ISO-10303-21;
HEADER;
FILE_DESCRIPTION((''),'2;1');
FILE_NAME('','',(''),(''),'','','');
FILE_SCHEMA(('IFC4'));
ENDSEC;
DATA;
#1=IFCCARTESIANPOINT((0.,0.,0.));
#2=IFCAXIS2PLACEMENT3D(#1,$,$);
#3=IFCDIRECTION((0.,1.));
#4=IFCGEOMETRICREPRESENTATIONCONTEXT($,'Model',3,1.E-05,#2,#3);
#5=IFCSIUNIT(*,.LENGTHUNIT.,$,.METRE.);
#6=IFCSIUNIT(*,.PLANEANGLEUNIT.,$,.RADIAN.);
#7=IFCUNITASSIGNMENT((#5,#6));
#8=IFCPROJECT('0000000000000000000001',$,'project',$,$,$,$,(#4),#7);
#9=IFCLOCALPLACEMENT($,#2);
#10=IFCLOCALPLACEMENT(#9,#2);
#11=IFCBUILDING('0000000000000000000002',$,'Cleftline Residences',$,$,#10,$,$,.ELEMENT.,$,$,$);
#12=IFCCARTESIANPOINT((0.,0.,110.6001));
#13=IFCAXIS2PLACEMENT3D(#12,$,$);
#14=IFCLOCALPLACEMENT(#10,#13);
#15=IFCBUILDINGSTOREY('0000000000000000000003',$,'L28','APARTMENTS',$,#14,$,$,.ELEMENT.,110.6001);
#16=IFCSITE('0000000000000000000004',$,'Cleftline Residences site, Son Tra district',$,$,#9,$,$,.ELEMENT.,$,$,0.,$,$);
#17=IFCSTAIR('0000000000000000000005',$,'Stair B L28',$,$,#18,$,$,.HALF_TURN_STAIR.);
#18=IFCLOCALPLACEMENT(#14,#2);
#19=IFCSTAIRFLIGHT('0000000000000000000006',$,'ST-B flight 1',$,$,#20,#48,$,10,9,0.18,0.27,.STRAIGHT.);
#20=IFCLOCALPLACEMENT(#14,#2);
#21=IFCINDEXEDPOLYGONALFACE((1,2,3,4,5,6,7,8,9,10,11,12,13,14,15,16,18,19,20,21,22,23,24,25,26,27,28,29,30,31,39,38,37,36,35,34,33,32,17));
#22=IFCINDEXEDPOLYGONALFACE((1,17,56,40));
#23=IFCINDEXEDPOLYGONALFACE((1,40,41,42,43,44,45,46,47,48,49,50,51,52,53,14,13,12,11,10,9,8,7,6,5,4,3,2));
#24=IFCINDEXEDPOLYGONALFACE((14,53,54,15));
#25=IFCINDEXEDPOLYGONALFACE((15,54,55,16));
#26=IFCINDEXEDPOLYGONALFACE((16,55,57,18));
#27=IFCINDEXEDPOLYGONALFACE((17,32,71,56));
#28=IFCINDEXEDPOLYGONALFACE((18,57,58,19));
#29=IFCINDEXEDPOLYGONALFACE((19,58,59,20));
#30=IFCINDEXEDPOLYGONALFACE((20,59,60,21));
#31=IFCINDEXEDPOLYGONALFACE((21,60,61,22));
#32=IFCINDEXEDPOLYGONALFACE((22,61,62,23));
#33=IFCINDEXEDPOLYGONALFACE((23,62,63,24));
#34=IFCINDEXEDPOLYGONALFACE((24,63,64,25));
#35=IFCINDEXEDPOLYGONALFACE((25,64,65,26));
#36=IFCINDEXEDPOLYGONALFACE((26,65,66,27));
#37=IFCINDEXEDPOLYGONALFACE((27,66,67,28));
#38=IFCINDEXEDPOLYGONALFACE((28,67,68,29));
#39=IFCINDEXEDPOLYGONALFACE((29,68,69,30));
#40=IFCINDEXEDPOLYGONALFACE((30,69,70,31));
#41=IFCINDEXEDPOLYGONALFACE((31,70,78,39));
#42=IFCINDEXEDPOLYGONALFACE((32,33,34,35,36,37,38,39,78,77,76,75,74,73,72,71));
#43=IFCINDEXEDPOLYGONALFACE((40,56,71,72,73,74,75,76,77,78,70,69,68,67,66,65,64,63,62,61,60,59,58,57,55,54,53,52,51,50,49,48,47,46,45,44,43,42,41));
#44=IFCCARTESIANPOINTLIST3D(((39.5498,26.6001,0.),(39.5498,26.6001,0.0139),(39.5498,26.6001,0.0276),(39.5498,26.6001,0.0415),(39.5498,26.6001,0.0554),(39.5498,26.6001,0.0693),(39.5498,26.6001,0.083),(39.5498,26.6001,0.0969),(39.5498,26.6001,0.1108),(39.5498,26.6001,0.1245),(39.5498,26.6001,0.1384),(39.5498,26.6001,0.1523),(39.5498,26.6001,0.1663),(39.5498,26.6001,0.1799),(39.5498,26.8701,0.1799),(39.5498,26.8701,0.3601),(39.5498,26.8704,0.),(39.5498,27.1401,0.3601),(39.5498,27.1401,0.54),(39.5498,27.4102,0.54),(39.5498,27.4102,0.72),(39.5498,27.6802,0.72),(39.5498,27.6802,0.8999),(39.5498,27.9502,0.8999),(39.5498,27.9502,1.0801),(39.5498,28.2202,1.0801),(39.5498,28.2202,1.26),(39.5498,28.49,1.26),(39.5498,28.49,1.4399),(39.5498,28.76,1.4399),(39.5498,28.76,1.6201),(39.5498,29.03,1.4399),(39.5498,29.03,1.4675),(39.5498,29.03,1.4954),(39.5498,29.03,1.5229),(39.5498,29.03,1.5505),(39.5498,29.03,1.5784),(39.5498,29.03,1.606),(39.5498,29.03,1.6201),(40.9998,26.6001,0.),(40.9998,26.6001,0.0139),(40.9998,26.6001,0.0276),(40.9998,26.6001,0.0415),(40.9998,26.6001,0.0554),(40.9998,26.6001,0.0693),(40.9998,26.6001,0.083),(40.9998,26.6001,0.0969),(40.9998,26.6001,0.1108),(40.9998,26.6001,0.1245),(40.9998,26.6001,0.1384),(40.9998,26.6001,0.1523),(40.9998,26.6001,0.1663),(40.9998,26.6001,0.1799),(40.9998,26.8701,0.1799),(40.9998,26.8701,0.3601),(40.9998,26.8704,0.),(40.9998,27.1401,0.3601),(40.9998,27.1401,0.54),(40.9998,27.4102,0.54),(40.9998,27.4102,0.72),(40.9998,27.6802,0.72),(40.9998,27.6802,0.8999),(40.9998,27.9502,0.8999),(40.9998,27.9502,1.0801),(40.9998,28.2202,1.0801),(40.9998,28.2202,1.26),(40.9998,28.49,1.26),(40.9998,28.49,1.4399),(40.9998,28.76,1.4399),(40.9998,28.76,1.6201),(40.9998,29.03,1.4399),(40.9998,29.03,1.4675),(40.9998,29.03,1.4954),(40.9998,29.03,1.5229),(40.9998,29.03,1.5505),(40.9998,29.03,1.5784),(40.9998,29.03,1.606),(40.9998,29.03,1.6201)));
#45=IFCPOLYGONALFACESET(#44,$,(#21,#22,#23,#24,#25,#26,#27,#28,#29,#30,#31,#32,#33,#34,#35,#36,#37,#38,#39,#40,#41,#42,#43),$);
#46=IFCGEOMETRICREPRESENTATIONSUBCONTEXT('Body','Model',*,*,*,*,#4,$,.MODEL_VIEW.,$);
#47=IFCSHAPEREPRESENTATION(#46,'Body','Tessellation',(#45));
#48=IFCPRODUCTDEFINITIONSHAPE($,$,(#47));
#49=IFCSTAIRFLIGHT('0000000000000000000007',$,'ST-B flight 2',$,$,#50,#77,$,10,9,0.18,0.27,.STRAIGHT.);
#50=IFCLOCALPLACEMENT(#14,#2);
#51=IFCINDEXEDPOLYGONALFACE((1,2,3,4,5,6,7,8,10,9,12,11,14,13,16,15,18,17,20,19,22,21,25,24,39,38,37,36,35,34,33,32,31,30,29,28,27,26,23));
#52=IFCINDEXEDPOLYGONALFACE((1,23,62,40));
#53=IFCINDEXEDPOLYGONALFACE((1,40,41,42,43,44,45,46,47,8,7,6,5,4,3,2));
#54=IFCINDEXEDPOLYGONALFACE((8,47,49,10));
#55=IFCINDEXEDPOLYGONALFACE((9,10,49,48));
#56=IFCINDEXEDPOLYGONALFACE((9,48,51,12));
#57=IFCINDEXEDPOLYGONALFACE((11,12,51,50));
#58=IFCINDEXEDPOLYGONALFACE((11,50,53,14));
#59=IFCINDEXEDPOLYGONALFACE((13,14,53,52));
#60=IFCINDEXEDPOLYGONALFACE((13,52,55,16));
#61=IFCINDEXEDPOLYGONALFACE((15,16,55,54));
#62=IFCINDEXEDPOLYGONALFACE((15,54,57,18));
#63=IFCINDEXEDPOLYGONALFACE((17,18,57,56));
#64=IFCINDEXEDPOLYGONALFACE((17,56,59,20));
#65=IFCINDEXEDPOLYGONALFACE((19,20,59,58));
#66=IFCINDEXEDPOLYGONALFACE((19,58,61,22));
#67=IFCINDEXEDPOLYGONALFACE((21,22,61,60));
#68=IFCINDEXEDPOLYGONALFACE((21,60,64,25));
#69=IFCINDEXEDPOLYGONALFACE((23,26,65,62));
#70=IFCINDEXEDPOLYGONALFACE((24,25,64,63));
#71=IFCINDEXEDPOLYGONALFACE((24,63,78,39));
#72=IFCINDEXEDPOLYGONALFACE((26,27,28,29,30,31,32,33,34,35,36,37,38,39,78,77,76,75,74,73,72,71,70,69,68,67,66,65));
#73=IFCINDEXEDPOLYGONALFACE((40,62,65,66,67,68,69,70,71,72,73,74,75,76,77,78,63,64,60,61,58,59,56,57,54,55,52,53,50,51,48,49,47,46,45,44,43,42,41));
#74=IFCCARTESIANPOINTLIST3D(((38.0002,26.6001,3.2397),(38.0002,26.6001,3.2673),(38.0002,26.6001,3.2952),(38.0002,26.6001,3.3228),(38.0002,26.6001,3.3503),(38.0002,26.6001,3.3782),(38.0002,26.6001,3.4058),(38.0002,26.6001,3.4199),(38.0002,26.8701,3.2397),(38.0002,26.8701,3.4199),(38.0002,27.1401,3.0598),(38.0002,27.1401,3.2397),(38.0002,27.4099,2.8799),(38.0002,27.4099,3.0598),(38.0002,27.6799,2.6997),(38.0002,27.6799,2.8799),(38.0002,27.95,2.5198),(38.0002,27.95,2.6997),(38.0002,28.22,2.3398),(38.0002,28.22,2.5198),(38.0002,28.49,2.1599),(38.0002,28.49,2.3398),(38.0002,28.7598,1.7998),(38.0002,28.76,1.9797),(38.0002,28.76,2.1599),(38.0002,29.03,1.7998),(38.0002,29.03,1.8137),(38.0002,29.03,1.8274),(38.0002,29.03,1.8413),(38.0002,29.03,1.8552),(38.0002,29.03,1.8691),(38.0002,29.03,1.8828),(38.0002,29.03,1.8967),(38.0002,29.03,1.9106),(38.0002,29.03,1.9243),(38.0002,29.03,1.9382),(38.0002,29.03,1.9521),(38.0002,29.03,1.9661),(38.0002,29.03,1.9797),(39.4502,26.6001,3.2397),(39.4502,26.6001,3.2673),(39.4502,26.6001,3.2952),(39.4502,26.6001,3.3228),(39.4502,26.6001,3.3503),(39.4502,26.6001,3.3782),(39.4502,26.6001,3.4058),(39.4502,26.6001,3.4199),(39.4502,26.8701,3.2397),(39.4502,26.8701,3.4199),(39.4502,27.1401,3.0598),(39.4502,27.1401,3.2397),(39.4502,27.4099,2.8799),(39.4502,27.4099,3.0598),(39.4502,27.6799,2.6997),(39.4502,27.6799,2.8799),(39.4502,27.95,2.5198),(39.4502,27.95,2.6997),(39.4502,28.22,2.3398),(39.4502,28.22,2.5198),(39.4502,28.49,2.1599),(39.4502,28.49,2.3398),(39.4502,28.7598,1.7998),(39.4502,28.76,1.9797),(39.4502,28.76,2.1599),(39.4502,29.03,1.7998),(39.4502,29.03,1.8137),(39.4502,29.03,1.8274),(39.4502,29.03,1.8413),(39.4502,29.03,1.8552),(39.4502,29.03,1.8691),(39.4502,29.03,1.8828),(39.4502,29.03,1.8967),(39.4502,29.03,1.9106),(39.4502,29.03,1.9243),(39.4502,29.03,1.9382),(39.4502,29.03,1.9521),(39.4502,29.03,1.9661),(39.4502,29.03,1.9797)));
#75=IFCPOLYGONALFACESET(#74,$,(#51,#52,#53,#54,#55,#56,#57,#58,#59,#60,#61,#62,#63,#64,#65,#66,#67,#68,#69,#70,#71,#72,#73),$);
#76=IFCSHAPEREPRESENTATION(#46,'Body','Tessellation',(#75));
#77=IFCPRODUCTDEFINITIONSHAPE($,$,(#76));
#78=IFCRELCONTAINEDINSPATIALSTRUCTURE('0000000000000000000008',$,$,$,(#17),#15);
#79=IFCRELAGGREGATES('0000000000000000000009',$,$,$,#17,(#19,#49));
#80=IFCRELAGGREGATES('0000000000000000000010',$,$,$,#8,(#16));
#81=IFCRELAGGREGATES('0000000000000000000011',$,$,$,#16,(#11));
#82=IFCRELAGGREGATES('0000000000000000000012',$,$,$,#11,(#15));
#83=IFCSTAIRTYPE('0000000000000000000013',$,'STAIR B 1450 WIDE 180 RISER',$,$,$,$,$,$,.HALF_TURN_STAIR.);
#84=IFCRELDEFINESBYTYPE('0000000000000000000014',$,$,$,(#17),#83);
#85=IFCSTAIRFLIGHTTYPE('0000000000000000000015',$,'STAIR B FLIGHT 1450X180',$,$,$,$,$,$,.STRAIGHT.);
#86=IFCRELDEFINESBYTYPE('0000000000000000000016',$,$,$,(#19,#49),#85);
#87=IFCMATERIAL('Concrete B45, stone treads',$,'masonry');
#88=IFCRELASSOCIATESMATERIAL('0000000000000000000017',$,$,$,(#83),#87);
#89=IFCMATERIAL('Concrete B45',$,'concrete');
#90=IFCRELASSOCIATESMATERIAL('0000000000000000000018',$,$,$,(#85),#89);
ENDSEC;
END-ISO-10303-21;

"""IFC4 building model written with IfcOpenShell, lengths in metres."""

from ifc_helpers import new_model, si_unit, direction, frame, origin, place, context, subcontext, project, spatial, polyline, outline, extrude, material, type_object, element, aggregate, save


model = new_model("IFC4")

# Units and contexts
model_context = context("Model", 3, precision=1e-05, world=origin(), true_north=direction((0.0, 1.0)))
body_context = subcontext(model_context, "Body", "Model", "MODEL_VIEW")
ifc_project = project(units=[si_unit("LENGTHUNIT", "METRE"), si_unit("PLANEANGLEUNIT", "RADIAN")], contexts=[model_context])

# Site, building, storey
site_placement = place(None, origin())
site = spatial("IfcSite", under=ifc_project, at=site_placement, Name="Cleftline Residences site, Son Tra district", CompositionType="ELEMENT", RefElevation=0.0)
building_placement = place(site_placement, origin())
building = spatial("IfcBuilding", under=site, at=building_placement, Name="Cleftline Residences", CompositionType="ELEMENT")
storey_placement = place(building_placement, frame((0.0, 0.0, 110.6001)))
storey = spatial("IfcBuildingStorey", under=building, at=storey_placement, Name="L28", Description="APARTMENTS", CompositionType="ELEMENT", Elevation=110.6001)

# Stair, stair flights
ifc_material_1 = material(Name="Concrete B45, stone treads", Category="masonry")
stair_type = type_object("IfcStairType", Name="STAIR B 1450 WIDE 180 RISER", PredefinedType="HALF_TURN_STAIR", material=ifc_material_1)
stair_placement = place(storey_placement, origin())
stair = element("IfcStair", 1, at=stair_placement, inside=storey, type_object=stair_type, Name="Stair B L28", PredefinedType="HALF_TURN_STAIR")
ifc_material_2 = material(Name="Concrete B45", Category="concrete")
stair_flight_type = type_object("IfcStairFlightType", Name="STAIR B FLIGHT 1450X180", PredefinedType="STRAIGHT", material=ifc_material_2)
stair_flight_1_placement = place(storey_placement, frame((40.2749, 26.6001, 0.0), z_axis=(0.0, 0.0, 1.0), x_axis=(0.0, 1.0, 0.0)))
stair_flight_1 = element("IfcStairFlight", 2, at=stair_flight_1_placement, type_object=stair_flight_type, Name="ST-B flight 1", NumberOfRisers=10, NumberOfTreads=9, PredefinedType="STRAIGHT", RiserHeight=0.18, TreadLength=0.27, context=body_context, shape_type="SweptSolid", body=[
    extrude(outline(polyline([(0.0, 0.0), (0.0, 0.0139), (0.0, 0.0276), (0.0, 0.0415), (0.0, 0.0554), (0.0, 0.0693), (0.0, 0.083), (0.0, 0.0969), (0.0, 0.1108), (0.0, 0.1245), (0.0, 0.1384), (0.0, 0.1523), (0.0, 0.1663), (0.0, 0.1799), (0.27, 0.1799), (0.27, 0.3601), (0.54, 0.3601), (0.54, 0.54), (0.8101, 0.54), (0.8101, 0.72), (1.0801, 0.72), (1.0801, 0.8999), (1.3501, 0.8999), (1.3501, 1.0801), (1.6201, 1.0801), (1.6201, 1.26), (1.8899, 1.26), (1.8899, 1.4399), (2.1599, 1.4399), (2.1599, 1.6201), (2.4299, 1.6201), (2.4299, 1.8), (2.4299, 1.7722), (2.4299, 1.7446), (2.4299, 1.7168), (2.4299, 1.6892), (2.4299, 1.6614), (2.4299, 1.6338), (2.4299, 1.606), (2.4299, 1.5784), (2.4299, 1.5505), (2.4299, 1.5229), (2.4299, 1.4954), (2.4299, 1.4675), (2.4299, 1.4399), (0.2703, 0.0), (0.0, 0.0)])), frame((0.0, 0.7251, 0.0), z_axis=(0.0, -1.0, 0.0), x_axis=(1.0, 0.0, 0.0)), (0.0, 0.0, 1.0), 1.45),
])
stair_flight_2_placement = place(storey_placement, frame((38.7251, 29.03, 1.7998), z_axis=(0.0, 0.0, 1.0), x_axis=(0.0, -1.0, 0.0)))
stair_flight_2 = element("IfcStairFlight", 3, at=stair_flight_2_placement, type_object=stair_flight_type, Name="ST-B flight 2", NumberOfRisers=10, NumberOfTreads=9, PredefinedType="STRAIGHT", RiserHeight=0.18, TreadLength=0.27, context=body_context, shape_type="SweptSolid", body=[
    extrude(outline(polyline([(0.0, 0.0), (0.0, 0.0139), (0.0, 0.0276), (0.0, 0.0415), (0.0, 0.0554), (0.0, 0.0693), (0.0, 0.083), (0.0, 0.0969), (0.0, 0.1108), (0.0, 0.1245), (0.0, 0.1384), (0.0, 0.1523), (0.0, 0.1663), (0.0, 0.1799), (0.27, 0.1799), (0.27, 0.3601), (0.54, 0.3601), (0.54, 0.54), (0.8101, 0.54), (0.8101, 0.72), (1.0801, 0.72), (1.0801, 0.8999), (1.3501, 0.8999), (1.3501, 1.0801), (1.6201, 1.0801), (1.6201, 1.26), (1.8899, 1.26), (1.8899, 1.4399), (2.1599, 1.4399), (2.1599, 1.6201), (2.4299, 1.6201), (2.4299, 1.8), (2.4299, 1.7722), (2.4299, 1.7446), (2.4299, 1.7168), (2.4299, 1.6892), (2.4299, 1.6614), (2.4299, 1.6338), (2.4299, 1.606), (2.4299, 1.5784), (2.4299, 1.5505), (2.4299, 1.5229), (2.4299, 1.4954), (2.4299, 1.4675), (2.4299, 1.4399), (0.2703, 0.0), (0.0, 0.0)])), frame((0.0, 0.7251, 0.0), z_axis=(0.0, -1.0, 0.0), x_axis=(1.0, 0.0, 0.0)), (0.0, 0.0, 1.0), 1.45),
])
aggregate(stair, [stair_flight_1, stair_flight_2])

save(model, "model.ifc")
